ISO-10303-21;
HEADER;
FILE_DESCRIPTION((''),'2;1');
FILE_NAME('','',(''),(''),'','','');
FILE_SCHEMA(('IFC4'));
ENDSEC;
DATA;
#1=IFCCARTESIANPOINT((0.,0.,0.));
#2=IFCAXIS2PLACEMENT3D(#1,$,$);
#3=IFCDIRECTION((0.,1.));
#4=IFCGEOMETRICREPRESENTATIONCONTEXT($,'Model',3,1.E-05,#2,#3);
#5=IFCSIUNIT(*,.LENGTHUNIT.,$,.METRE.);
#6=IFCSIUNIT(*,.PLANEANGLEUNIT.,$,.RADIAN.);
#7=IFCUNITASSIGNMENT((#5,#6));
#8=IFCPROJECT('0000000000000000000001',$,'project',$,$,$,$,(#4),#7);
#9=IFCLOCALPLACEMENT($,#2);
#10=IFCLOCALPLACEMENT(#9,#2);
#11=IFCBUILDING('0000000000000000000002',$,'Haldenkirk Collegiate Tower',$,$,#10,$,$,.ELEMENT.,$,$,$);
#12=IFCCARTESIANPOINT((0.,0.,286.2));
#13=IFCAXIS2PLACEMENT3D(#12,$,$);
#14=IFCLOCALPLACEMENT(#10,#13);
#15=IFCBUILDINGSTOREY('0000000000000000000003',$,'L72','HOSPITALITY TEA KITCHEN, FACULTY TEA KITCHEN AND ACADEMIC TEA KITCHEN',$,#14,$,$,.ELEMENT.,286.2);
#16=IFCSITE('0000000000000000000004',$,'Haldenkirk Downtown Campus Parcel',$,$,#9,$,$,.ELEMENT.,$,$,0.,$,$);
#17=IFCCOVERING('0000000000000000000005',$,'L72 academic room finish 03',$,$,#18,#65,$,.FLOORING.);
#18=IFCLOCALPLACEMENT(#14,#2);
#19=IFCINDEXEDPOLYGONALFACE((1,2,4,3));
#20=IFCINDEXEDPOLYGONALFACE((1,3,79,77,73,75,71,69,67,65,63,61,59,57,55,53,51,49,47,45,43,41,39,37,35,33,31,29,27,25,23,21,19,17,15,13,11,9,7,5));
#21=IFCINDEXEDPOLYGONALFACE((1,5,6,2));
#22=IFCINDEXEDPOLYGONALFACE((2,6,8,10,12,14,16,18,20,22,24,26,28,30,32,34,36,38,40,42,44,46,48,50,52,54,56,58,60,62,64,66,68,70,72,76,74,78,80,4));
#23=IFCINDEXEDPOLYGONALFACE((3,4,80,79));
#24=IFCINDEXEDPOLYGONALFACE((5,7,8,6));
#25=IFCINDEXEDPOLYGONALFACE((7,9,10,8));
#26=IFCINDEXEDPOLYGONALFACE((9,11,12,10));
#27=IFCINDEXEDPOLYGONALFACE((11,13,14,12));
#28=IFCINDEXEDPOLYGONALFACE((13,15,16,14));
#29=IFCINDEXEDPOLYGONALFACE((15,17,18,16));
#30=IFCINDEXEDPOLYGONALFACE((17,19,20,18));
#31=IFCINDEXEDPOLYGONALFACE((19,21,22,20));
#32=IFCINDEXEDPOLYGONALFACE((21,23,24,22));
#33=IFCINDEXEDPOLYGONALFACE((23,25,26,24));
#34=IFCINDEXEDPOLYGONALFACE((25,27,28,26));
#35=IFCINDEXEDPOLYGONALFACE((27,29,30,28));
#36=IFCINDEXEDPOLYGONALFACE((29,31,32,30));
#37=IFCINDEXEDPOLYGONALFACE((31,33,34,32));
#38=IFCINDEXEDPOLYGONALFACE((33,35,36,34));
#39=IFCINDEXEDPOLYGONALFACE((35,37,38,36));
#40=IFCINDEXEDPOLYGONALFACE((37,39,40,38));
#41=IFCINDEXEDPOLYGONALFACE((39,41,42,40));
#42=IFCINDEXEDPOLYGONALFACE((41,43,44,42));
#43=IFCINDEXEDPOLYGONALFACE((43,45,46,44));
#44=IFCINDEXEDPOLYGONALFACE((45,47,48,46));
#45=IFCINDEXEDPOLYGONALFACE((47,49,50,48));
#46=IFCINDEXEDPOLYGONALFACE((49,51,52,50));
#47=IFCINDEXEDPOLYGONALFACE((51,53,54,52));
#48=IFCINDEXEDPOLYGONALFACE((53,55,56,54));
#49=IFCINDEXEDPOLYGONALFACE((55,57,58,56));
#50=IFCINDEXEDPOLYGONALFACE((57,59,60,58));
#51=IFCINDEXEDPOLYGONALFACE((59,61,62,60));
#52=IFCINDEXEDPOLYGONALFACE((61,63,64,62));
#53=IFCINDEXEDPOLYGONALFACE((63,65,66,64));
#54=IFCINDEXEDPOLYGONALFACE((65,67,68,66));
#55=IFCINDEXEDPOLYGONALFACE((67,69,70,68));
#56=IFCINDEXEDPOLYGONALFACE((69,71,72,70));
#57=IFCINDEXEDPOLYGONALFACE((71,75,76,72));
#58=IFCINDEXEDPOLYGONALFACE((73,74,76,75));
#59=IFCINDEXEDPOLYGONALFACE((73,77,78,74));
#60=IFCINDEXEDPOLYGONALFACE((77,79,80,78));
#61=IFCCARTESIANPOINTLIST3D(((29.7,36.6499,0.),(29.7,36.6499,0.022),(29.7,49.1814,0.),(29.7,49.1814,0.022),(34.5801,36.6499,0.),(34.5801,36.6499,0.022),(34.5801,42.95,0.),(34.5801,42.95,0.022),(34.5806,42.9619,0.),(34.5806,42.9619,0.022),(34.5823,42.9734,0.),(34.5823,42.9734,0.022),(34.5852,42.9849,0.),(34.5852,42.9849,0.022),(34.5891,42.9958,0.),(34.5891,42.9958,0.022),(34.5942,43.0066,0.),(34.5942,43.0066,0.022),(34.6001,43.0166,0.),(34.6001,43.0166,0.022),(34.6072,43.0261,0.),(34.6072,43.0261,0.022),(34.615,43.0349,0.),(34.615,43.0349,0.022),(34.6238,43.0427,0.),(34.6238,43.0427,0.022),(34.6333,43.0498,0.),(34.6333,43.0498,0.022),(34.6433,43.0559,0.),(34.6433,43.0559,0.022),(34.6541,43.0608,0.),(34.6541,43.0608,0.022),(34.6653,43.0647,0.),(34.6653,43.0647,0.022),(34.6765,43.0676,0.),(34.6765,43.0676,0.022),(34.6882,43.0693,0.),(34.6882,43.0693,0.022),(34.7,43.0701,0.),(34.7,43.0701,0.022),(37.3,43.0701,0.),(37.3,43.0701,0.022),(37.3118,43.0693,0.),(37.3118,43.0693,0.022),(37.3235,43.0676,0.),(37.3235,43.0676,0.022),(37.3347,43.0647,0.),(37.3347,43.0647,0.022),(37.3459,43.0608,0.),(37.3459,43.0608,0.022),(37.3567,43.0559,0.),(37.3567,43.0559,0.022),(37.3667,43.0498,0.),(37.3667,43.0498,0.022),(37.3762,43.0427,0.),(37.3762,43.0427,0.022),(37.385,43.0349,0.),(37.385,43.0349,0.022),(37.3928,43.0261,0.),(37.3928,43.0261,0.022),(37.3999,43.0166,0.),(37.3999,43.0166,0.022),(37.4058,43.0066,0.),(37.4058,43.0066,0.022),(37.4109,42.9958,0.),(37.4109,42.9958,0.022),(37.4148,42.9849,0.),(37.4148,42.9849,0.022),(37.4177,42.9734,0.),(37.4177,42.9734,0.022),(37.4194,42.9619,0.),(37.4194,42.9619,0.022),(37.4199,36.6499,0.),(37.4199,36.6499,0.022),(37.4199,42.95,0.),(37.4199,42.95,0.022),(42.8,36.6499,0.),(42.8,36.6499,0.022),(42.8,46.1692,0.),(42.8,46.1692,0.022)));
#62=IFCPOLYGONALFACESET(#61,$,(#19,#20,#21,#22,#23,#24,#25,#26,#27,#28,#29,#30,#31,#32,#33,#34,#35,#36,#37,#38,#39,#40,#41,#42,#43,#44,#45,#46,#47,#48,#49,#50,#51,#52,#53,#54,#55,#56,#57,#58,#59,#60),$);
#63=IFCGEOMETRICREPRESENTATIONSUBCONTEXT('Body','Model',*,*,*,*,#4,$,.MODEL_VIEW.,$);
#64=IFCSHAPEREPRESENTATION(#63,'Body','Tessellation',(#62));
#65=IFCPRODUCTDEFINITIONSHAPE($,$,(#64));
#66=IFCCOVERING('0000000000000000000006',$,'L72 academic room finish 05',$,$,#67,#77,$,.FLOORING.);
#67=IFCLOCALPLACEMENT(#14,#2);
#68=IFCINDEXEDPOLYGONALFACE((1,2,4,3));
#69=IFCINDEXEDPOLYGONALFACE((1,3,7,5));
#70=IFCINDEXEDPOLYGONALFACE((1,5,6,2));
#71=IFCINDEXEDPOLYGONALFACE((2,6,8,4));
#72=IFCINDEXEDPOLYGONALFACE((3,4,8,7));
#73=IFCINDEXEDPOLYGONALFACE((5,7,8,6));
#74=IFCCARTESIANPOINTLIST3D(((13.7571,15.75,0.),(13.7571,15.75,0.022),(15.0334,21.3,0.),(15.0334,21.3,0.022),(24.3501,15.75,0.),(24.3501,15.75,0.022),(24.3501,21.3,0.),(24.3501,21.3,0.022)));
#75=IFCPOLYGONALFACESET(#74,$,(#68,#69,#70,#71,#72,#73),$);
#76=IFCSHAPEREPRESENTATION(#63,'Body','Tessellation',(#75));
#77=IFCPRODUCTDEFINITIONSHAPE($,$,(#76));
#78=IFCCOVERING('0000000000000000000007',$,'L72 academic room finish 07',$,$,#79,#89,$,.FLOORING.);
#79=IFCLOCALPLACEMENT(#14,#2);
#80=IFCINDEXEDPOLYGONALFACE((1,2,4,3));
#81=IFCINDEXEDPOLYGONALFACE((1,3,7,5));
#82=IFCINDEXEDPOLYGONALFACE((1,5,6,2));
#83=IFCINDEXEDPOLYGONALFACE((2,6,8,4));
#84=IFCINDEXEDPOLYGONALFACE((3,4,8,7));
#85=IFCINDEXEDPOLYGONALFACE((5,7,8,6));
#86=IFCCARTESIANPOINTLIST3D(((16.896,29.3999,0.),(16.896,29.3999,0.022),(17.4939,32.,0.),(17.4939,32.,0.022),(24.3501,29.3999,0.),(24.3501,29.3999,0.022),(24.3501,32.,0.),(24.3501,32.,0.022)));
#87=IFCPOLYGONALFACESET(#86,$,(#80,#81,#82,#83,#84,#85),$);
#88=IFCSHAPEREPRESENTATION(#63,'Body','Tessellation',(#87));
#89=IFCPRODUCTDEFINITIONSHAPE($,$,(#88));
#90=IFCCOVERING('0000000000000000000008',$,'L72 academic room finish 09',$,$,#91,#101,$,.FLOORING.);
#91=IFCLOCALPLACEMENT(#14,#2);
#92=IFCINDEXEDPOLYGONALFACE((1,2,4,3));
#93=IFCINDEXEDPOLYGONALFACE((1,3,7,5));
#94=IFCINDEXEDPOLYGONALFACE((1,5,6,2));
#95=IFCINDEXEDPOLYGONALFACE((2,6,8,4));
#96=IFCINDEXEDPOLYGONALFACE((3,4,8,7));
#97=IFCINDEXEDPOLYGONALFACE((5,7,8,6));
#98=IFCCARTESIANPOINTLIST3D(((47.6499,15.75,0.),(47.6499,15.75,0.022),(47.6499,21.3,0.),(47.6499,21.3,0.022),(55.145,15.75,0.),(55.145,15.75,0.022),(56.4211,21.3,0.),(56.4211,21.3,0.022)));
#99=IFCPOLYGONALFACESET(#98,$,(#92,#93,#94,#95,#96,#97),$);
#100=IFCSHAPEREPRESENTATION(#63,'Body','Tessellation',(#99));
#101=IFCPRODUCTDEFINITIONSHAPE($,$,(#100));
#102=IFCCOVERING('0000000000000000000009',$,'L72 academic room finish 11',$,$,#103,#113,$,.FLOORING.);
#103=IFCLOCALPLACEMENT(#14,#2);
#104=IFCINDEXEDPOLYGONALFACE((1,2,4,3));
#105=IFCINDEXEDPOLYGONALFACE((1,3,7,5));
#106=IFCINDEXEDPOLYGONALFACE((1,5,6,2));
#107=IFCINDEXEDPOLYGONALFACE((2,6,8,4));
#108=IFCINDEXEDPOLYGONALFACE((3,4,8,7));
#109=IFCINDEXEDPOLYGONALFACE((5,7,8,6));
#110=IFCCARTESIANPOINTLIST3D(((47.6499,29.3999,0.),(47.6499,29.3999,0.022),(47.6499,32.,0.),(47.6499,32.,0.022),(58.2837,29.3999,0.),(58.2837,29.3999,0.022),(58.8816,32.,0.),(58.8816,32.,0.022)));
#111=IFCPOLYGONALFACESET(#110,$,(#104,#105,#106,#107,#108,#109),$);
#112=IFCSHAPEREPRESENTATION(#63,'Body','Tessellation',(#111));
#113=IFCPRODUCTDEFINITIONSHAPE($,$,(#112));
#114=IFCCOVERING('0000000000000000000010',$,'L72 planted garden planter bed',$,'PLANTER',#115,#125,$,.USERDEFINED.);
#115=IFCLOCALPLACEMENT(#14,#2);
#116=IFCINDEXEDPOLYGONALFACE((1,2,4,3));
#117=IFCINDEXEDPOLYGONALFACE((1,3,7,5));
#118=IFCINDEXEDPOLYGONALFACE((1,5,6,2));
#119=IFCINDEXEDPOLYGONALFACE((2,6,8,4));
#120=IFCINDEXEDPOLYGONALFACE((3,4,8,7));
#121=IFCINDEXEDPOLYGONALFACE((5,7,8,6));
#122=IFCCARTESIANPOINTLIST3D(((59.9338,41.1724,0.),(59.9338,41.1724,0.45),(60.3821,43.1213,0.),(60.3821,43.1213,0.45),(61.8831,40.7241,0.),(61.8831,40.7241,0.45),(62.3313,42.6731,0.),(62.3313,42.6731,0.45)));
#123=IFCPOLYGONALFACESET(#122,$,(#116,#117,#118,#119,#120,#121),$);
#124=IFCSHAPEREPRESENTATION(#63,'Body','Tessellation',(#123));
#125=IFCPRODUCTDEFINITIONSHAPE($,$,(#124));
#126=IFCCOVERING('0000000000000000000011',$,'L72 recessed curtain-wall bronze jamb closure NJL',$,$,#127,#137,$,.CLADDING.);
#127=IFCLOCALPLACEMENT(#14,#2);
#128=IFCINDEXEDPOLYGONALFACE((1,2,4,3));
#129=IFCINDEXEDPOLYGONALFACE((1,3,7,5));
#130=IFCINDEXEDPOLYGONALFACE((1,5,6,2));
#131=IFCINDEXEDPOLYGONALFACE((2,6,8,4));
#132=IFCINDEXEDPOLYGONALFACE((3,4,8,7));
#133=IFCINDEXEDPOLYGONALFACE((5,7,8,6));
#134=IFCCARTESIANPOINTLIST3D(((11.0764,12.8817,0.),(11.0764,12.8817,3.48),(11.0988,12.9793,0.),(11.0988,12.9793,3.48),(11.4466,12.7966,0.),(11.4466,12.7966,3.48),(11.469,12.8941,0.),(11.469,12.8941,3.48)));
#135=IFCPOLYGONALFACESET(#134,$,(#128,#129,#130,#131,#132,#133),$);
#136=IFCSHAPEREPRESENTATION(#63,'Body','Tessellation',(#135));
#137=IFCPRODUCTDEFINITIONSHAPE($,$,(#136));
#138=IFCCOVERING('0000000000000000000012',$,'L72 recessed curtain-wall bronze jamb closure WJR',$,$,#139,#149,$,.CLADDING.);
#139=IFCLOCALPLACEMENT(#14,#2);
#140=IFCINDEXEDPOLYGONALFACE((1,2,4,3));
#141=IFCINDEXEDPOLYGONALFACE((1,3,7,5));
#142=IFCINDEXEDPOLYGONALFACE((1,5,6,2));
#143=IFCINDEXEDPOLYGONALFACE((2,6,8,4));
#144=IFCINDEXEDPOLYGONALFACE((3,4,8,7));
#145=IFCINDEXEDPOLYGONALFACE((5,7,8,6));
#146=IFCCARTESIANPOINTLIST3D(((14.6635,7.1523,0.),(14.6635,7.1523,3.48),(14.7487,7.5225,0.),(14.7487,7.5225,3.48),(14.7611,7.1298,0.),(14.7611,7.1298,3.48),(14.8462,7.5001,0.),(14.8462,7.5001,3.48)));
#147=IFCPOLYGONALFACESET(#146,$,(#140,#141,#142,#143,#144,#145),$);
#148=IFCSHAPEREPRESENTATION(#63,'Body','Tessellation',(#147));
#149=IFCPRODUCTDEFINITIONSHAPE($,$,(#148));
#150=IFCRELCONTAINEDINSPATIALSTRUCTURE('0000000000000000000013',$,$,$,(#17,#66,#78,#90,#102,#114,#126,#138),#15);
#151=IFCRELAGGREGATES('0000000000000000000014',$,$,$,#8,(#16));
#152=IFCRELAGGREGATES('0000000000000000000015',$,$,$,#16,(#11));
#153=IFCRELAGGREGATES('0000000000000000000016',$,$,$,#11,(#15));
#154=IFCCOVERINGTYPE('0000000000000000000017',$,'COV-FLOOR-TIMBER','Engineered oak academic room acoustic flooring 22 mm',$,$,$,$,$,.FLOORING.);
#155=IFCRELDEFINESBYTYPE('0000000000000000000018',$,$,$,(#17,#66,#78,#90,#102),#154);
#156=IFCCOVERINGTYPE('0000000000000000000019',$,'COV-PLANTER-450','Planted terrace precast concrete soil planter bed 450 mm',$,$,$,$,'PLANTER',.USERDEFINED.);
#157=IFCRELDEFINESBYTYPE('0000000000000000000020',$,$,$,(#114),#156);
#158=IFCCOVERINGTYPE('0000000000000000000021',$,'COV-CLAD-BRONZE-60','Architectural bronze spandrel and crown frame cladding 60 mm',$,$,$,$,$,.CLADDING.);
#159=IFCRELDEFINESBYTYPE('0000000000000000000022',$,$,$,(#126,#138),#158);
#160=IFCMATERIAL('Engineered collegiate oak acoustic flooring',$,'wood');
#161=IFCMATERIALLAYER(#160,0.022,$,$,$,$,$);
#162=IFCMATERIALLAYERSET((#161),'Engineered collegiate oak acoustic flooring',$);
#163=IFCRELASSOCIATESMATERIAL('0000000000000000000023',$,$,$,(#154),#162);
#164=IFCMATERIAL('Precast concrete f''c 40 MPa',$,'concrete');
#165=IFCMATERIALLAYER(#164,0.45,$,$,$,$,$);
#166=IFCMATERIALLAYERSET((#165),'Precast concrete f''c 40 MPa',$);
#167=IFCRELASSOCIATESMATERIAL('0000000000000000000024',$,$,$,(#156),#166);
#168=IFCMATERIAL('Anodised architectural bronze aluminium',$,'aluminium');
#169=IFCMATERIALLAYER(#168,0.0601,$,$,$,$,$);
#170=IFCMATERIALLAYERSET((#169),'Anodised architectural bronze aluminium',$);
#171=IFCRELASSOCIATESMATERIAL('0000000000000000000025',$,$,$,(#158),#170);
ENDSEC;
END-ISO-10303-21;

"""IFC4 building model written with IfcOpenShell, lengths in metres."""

from ifc_helpers import new_model, si_unit, direction, frame, origin, origin_2d, place, context, subcontext, project, spatial, polyline, rectangle, outline, extrude, source, transform, mapped, material, layer, layer_set, type_object, element, save


model = new_model("IFC4")

# Units and contexts
model_context = context("Model", 3, precision=1e-05, world=origin(), true_north=direction((0.0, 1.0)))
body_context = subcontext(model_context, "Body", "Model", "MODEL_VIEW")
ifc_project = project(units=[si_unit("LENGTHUNIT", "METRE"), si_unit("PLANEANGLEUNIT", "RADIAN")], contexts=[model_context])

# Site, building, storey
site_placement = place(None, origin())
site = spatial("IfcSite", under=ifc_project, at=site_placement, Name="Haldenkirk Downtown Campus Parcel", CompositionType="ELEMENT", RefElevation=0.0)
building_placement = place(site_placement, origin())
building = spatial("IfcBuilding", under=site, at=building_placement, Name="Haldenkirk Collegiate Tower", CompositionType="ELEMENT")
storey_placement = place(building_placement, frame((0.0, 0.0, 286.2)))
storey = spatial("IfcBuildingStorey", under=building, at=storey_placement, Name="L72", Description="HOSPITALITY TEA KITCHEN, FACULTY TEA KITCHEN AND ACADEMIC TEA KITCHEN", CompositionType="ELEMENT", Elevation=286.2)

# Shared definitions
ifc_material_1 = material(Name="Anodised architectural bronze aluminium", Category="aluminium")

# Shared definitions
ifc_material_2 = material(Name="Precast concrete f'c 40 MPa", Category="concrete")

# Coverings
ifc_material_3 = material(Name="Engineered collegiate oak acoustic flooring", Category="wood")
ifc_layer_1 = layer(ifc_material_3, 0.022)
ifc_layer_set_1 = layer_set([ifc_layer_1], Name="Engineered collegiate oak acoustic flooring")
covering_type_1 = type_object("IfcCoveringType", Name="COV-FLOOR-TIMBER", Description="Engineered oak academic room acoustic flooring 22 mm", PredefinedType="FLOORING", material=ifc_layer_set_1)
covering_1_placement = place(storey_placement, origin())
element("IfcCovering", 1, at=covering_1_placement, inside=storey, type_object=covering_type_1, Name="L72 academic room finish 03", PredefinedType="FLOORING", context=body_context, shape_type="SweptSolid", body=[
    extrude(outline(polyline([(42.8, 46.1692), (42.8, 36.6499), (37.4199, 36.6499), (37.4199, 42.95), (37.4194, 42.9619), (37.4177, 42.9734), (37.4148, 42.9849), (37.4109, 42.9958), (37.4058, 43.0066), (37.3999, 43.0166), (37.3928, 43.0261), (37.385, 43.0349), (37.3762, 43.0427), (37.3667, 43.0498), (37.3567, 43.0559), (37.3459, 43.0608), (37.3347, 43.0647), (37.3235, 43.0676), (37.3118, 43.0693), (37.3, 43.0701), (34.7, 43.0701), (34.6882, 43.0693), (34.6765, 43.0676), (34.6653, 43.0647), (34.6541, 43.0608), (34.6433, 43.0559), (34.6333, 43.0498), (34.6238, 43.0427), (34.615, 43.0349), (34.6072, 43.0261), (34.6001, 43.0166), (34.5942, 43.0066), (34.5891, 42.9958), (34.5852, 42.9849), (34.5823, 42.9734), (34.5806, 42.9619), (34.5801, 42.95), (34.5801, 36.6499), (29.7, 36.6499), (29.7, 49.1814), (42.8, 46.1692)])), origin(), (0.0, 0.0, 1.0), 0.022),
])
covering_2_placement = place(storey_placement, origin())
element("IfcCovering", 2, at=covering_2_placement, inside=storey, type_object=covering_type_1, Name="L72 academic room finish 05", PredefinedType="FLOORING", context=body_context, shape_type="SweptSolid", body=[
    extrude(outline(polyline([(15.0334, 21.3), (24.3501, 21.3), (24.3501, 15.75), (13.7571, 15.75), (15.0334, 21.3)])), origin(), (0.0, 0.0, 1.0), 0.022),
])
covering_3_placement = place(storey_placement, origin())
element("IfcCovering", 3, at=covering_3_placement, inside=storey, type_object=covering_type_1, Name="L72 academic room finish 07", PredefinedType="FLOORING", context=body_context, shape_type="SweptSolid", body=[
    extrude(outline(polyline([(17.4939, 32.0), (24.3501, 32.0), (24.3501, 29.3999), (16.896, 29.3999), (17.4939, 32.0)])), origin(), (0.0, 0.0, 1.0), 0.022),
])
covering_4_placement = place(storey_placement, origin())
element("IfcCovering", 4, at=covering_4_placement, inside=storey, type_object=covering_type_1, Name="L72 academic room finish 09", PredefinedType="FLOORING", context=body_context, shape_type="SweptSolid", body=[
    extrude(outline(polyline([(55.145, 15.75), (47.6499, 15.75), (47.6499, 21.3), (56.4211, 21.3), (55.145, 15.75)])), origin(), (0.0, 0.0, 1.0), 0.022),
])
covering_5_placement = place(storey_placement, origin())
element("IfcCovering", 5, at=covering_5_placement, inside=storey, type_object=covering_type_1, Name="L72 academic room finish 11", PredefinedType="FLOORING", context=body_context, shape_type="SweptSolid", body=[
    extrude(outline(polyline([(58.2837, 29.3999), (47.6499, 29.3999), (47.6499, 32.0), (58.8816, 32.0), (58.2837, 29.3999)])), origin(), (0.0, 0.0, 1.0), 0.022),
])
ifc_layer_2 = layer(ifc_material_2, 0.45)
ifc_layer_set_2 = layer_set([ifc_layer_2], Name="Precast concrete f'c 40 MPa")
covering_type_2 = type_object("IfcCoveringType", Name="COV-PLANTER-450", Description="Planted terrace precast concrete soil planter bed 450 mm", ElementType="PLANTER", PredefinedType="USERDEFINED", material=ifc_layer_set_2)
covering_6_placement = place(storey_placement, origin())
element("IfcCovering", 6, at=covering_6_placement, inside=storey, type_object=covering_type_2, Name="L72 planted garden planter bed", ObjectType="PLANTER", PredefinedType="USERDEFINED", context=body_context, shape_type="SweptSolid", body=[
    extrude(outline(polyline([(61.8831, 40.7241), (59.9338, 41.1724), (60.3821, 43.1213), (62.3313, 42.6731), (61.8831, 40.7241)])), origin(), (0.0, 0.0, 1.0), 0.45),
])
ifc_layer_3 = layer(ifc_material_1, 0.0601)
ifc_layer_set_3 = layer_set([ifc_layer_3], Name="Anodised architectural bronze aluminium")
covering_type_3 = type_object("IfcCoveringType", Name="COV-CLAD-BRONZE-60", Description="Architectural bronze spandrel and crown frame cladding 60 mm", PredefinedType="CLADDING", material=ifc_layer_set_3)
shared_shape_1 = source(origin(), body_context, "Body", "SweptSolid", [
    extrude(rectangle(XDim=0.1001, YDim=0.3799, at=origin_2d()), origin(), (0.0, 0.0, 1.0), 3.48),
])
for number, where, z_axis, x_axis, name in (
    (7, (11.2727, 12.8879, 0.0), (0.0, 0.0, 1.0), (0.224101, 0.974566, 0.0), "L72 recessed curtain-wall bronze jamb closure NJL"),
    (8, (14.7549, 7.3262, 0.0), (0.0, 0.0, 1.0), (-0.974566, 0.224101, 0.0), "L72 recessed curtain-wall bronze jamb closure WJR"),
):
    element("IfcCovering", number, at=place(storey_placement, frame(where, z_axis=z_axis, x_axis=x_axis)), inside=storey, type_object=covering_type_3, Name=name, PredefinedType="CLADDING", context=body_context, shape_type="MappedRepresentation", body=[
        mapped(shared_shape_1, transform((0.0, 0.0, 0.0), x_axis=(1.0, 0.0, 0.0), y_axis=(0.0, 1.0, 0.0), z_axis=(0.0, 0.0, 1.0), scale=1.0)),
    ])

save(model, "model.ifc")
